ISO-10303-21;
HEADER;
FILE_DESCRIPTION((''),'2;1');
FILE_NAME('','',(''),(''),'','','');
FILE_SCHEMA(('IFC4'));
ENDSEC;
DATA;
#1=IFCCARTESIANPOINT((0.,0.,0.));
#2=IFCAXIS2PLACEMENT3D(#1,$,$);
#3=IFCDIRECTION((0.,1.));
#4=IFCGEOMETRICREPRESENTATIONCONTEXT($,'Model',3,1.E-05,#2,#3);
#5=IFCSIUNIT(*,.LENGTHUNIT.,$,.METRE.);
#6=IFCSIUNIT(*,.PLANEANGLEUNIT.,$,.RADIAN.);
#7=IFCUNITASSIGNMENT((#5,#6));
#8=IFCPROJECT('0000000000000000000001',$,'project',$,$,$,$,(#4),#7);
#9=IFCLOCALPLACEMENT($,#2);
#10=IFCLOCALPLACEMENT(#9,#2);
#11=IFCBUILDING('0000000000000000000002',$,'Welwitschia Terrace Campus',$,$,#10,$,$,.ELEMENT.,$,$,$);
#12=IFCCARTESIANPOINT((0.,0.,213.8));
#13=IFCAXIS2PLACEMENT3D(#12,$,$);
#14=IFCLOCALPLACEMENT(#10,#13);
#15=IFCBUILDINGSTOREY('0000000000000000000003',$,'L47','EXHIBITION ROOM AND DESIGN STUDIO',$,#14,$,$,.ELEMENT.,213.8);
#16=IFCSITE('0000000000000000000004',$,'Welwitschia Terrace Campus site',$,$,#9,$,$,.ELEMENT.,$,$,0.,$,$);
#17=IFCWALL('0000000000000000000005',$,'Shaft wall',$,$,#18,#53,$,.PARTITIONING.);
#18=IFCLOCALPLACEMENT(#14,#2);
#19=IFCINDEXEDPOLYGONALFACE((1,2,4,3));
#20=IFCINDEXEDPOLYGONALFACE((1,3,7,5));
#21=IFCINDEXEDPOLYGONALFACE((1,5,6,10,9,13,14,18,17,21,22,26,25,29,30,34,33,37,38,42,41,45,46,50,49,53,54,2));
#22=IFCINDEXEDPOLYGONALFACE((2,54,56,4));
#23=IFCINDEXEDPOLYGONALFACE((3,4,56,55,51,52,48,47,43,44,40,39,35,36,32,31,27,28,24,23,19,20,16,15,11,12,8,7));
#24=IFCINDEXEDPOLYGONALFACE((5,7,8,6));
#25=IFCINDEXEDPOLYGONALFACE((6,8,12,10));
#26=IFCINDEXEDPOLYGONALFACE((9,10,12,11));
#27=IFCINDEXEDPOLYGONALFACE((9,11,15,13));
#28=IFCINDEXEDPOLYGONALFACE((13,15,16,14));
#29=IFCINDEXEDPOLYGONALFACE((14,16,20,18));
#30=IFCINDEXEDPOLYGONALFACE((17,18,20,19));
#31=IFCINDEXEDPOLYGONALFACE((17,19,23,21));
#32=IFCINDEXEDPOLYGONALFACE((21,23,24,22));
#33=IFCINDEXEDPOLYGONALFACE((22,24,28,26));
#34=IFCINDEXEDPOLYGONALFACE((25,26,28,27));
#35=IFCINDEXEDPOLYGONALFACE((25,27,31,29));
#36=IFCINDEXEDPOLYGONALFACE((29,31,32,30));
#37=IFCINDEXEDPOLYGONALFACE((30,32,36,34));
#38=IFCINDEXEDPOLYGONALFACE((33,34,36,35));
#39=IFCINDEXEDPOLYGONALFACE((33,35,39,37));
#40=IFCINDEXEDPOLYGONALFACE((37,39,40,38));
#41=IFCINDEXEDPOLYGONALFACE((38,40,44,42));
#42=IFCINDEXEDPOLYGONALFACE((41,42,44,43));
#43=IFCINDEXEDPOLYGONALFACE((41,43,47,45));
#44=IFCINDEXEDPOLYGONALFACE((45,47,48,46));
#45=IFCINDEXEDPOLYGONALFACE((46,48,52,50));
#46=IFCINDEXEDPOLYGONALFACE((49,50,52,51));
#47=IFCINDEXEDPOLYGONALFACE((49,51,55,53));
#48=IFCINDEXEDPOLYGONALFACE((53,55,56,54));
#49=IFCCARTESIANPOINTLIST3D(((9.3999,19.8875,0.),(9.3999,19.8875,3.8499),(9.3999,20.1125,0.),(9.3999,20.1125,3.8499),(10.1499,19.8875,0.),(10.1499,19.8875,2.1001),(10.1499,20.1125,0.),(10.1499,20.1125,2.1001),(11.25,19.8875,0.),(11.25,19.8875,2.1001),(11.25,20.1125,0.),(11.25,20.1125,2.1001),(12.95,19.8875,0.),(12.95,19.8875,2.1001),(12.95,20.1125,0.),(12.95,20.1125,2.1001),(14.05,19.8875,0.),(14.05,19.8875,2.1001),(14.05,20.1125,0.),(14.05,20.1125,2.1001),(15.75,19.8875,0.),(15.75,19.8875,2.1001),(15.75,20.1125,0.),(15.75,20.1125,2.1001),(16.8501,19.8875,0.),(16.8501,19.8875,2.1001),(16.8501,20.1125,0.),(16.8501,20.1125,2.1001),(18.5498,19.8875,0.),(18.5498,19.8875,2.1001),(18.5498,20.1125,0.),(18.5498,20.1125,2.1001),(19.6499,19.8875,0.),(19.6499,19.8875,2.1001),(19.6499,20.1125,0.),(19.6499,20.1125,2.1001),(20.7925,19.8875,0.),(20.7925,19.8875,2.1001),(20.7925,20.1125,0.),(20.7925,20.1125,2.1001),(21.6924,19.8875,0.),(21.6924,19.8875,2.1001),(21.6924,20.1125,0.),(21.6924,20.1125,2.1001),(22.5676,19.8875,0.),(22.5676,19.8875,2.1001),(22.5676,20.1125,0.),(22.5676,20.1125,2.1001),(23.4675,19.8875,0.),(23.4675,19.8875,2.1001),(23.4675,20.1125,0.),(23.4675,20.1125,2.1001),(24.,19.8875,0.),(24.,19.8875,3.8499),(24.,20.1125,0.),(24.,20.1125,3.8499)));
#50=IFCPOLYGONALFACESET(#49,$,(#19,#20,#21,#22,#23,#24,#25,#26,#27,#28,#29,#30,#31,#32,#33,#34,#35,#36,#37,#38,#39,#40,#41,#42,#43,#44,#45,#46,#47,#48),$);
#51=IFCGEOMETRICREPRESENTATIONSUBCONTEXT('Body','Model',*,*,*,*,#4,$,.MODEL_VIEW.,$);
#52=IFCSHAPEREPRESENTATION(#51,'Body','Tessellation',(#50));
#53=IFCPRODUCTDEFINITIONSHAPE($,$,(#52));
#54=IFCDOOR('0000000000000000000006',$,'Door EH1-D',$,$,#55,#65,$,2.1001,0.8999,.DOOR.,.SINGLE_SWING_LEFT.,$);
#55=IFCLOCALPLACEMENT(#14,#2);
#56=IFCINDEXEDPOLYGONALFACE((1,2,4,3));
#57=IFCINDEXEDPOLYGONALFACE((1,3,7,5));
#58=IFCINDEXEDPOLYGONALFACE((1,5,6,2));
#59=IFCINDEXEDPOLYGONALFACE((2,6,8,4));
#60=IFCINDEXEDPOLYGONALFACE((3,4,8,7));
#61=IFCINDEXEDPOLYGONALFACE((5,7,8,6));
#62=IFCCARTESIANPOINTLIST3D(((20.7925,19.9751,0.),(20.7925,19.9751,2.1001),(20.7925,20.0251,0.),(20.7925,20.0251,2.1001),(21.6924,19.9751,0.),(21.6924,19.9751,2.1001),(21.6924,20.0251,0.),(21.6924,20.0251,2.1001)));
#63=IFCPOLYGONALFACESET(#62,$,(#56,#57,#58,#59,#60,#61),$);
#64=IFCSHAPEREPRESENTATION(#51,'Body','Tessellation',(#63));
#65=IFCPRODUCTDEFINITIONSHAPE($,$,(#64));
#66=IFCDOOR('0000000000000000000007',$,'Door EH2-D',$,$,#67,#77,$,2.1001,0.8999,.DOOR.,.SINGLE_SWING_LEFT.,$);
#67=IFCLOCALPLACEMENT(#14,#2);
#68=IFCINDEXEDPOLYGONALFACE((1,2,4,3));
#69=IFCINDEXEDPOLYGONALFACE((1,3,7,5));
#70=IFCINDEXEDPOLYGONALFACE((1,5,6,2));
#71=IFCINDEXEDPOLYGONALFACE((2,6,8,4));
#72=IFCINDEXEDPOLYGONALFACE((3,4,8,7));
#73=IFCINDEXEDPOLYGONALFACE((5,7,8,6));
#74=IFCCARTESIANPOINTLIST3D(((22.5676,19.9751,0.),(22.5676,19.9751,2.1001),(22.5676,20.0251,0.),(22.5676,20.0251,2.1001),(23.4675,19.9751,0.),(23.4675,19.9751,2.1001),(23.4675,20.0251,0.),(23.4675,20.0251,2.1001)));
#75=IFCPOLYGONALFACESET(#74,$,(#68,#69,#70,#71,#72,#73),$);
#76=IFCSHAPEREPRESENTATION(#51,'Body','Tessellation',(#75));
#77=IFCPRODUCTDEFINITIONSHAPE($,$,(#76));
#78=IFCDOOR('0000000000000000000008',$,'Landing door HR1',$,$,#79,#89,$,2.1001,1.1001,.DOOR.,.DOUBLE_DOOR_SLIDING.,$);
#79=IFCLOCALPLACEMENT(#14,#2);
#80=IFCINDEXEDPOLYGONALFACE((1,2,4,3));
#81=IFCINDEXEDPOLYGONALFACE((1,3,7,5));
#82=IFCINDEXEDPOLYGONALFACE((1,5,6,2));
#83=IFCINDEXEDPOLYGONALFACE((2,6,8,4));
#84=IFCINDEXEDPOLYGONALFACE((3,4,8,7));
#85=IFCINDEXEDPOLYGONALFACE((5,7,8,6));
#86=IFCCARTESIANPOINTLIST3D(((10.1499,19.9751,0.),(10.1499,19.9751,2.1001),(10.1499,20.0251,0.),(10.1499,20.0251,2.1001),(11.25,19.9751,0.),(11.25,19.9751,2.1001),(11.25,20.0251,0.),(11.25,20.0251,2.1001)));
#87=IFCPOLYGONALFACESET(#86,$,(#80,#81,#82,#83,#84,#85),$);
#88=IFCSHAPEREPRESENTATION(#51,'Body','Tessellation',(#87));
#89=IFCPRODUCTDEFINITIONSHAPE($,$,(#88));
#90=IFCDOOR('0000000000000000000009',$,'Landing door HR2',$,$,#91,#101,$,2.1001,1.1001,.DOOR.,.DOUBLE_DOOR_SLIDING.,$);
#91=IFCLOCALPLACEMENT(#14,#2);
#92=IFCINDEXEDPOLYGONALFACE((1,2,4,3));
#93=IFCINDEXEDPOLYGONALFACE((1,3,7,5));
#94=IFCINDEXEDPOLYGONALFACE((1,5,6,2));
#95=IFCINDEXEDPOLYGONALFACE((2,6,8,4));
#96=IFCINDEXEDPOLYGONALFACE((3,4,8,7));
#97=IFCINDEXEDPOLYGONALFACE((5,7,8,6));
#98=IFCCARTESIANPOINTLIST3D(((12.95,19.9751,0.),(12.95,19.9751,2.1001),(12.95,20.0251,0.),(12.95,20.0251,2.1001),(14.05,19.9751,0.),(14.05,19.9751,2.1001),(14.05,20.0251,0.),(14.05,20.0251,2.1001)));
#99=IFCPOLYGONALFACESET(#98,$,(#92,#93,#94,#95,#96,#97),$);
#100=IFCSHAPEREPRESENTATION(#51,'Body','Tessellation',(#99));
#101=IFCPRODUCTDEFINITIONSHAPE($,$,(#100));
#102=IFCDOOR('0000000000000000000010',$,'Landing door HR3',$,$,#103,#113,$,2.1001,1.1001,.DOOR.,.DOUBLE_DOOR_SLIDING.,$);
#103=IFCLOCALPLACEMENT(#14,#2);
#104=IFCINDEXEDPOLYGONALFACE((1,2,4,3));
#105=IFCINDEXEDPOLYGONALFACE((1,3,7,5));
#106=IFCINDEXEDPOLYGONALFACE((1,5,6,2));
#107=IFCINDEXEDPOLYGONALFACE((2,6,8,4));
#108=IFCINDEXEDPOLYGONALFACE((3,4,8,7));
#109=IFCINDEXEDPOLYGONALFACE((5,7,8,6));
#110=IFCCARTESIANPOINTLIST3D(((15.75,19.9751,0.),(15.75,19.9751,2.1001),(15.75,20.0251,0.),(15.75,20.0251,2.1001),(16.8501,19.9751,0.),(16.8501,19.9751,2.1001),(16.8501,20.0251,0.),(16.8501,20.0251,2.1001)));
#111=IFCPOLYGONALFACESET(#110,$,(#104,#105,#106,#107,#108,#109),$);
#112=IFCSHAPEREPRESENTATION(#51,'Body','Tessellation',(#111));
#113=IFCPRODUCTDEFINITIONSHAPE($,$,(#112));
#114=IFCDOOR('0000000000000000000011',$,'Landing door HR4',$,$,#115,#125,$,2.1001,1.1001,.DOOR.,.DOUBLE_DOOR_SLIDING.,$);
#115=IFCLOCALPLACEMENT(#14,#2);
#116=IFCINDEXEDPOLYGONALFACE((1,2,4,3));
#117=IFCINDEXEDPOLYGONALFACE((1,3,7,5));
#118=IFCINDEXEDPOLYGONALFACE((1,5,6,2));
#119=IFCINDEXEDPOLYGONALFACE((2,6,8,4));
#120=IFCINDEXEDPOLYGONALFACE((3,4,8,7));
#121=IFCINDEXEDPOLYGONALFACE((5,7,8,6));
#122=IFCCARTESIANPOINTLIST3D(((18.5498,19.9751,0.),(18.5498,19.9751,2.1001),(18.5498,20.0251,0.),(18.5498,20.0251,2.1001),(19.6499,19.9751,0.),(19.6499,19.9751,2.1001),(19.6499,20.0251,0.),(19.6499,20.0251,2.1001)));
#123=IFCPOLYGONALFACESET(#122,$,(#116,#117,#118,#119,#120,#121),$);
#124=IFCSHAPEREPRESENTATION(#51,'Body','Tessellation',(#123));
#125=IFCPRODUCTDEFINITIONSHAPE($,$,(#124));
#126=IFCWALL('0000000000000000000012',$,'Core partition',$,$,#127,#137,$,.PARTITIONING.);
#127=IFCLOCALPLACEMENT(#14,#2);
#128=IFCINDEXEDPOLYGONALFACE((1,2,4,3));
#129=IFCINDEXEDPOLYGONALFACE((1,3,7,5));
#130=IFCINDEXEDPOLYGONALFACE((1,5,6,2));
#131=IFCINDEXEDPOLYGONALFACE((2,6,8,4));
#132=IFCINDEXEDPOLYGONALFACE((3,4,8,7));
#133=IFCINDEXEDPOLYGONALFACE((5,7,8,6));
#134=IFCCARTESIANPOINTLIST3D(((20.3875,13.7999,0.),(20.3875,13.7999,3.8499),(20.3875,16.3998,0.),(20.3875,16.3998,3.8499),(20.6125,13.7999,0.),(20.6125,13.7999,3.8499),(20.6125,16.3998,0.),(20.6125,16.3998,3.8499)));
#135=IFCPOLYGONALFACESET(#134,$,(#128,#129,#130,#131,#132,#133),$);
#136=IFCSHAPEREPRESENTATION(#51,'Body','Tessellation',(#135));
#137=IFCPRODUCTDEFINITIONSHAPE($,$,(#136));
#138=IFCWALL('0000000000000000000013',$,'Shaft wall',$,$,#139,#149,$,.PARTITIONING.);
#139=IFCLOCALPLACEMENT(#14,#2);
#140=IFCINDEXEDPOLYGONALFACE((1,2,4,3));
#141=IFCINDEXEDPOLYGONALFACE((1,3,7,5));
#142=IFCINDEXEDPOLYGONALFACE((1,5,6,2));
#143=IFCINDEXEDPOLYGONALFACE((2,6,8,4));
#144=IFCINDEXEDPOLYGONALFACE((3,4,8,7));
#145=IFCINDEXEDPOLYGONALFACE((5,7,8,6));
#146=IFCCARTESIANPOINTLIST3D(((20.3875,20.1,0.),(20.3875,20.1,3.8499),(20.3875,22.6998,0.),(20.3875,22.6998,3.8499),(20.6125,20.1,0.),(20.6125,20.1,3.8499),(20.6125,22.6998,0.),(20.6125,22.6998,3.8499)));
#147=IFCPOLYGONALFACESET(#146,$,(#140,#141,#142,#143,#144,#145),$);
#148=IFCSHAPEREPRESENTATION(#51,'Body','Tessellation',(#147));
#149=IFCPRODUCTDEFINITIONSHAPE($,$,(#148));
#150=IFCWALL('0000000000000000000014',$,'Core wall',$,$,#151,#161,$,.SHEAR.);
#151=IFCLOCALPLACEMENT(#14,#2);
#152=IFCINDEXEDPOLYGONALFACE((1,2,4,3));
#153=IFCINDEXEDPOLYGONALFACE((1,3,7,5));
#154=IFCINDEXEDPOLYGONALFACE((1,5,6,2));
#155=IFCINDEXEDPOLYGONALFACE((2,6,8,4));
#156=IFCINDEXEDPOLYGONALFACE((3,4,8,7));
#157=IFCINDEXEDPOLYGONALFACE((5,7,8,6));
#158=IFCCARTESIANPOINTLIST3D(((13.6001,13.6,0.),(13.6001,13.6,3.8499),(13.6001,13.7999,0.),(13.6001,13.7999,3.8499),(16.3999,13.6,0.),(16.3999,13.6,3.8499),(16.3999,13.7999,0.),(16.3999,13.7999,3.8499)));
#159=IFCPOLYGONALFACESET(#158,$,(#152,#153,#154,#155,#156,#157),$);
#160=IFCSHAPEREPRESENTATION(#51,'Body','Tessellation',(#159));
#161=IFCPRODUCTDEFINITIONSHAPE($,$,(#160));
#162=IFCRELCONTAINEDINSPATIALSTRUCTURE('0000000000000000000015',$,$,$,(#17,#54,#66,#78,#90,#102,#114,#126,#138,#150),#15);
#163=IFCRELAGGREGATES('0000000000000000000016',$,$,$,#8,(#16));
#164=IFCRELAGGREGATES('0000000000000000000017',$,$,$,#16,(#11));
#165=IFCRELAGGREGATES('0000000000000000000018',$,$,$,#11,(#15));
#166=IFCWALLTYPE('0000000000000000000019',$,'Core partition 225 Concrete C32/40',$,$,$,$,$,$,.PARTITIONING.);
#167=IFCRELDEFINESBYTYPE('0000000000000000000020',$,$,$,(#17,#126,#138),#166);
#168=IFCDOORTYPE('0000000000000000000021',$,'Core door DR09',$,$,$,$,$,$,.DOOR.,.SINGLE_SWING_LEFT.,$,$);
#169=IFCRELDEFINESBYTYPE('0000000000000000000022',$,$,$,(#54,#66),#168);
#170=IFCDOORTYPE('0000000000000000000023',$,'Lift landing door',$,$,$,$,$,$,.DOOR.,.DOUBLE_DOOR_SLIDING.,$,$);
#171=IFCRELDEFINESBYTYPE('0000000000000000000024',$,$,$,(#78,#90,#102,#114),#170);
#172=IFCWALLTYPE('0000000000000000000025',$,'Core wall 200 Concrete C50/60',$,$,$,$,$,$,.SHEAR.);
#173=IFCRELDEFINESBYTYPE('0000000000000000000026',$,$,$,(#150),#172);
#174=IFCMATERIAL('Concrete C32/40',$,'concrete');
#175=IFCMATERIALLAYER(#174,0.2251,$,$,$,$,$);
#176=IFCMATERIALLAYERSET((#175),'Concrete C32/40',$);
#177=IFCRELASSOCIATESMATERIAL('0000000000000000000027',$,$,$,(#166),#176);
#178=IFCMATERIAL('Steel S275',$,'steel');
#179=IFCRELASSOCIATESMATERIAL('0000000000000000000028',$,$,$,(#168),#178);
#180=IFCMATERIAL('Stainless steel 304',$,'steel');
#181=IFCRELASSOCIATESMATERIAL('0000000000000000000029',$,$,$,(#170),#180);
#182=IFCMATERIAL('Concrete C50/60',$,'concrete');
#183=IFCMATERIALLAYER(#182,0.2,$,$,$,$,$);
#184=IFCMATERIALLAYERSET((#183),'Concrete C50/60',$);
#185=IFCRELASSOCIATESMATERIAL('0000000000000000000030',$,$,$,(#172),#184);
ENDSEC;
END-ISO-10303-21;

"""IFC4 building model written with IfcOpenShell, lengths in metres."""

from ifc_helpers import new_model, si_unit, direction, frame, frame_2d, origin, place, context, subcontext, project, spatial, rectangle, extrude, material, layer, layer_set, type_object, element, fill, save


model = new_model("IFC4")

# Units and contexts
model_context = context("Model", 3, precision=1e-05, world=origin(), true_north=direction((0.0, 1.0)))
body_context = subcontext(model_context, "Body", "Model", "MODEL_VIEW")
ifc_project = project(units=[si_unit("LENGTHUNIT", "METRE"), si_unit("PLANEANGLEUNIT", "RADIAN")], contexts=[model_context])

# Site, building, storey
site_placement = place(None, origin())
site = spatial("IfcSite", under=ifc_project, at=site_placement, Name="Welwitschia Terrace Campus site", CompositionType="ELEMENT", RefElevation=0.0)
building_placement = place(site_placement, origin())
building = spatial("IfcBuilding", under=site, at=building_placement, Name="Welwitschia Terrace Campus", CompositionType="ELEMENT")
storey_placement = place(building_placement, frame((0.0, 0.0, 213.8)))
storey = spatial("IfcBuildingStorey", under=building, at=storey_placement, Name="L47", Description="EXHIBITION ROOM AND DESIGN STUDIO", CompositionType="ELEMENT", Elevation=213.8)

# Shared definitions
ifc_material_1 = material(Name="Concrete C32/40", Category="concrete")
ifc_layer_1 = layer(ifc_material_1, 0.2251)
ifc_layer_set_1 = layer_set([ifc_layer_1], Name="Concrete C32/40")
wall_type_1 = type_object("IfcWallType", Name="Core partition 225 Concrete C32/40", PredefinedType="PARTITIONING", material=ifc_layer_set_1)

# Wall, openings, doors
wall_1_placement = place(storey_placement, frame((24.0, 20.0, 0.0), z_axis=(0.0, 0.0, 1.0), x_axis=(-1.0, 0.0, 0.0)))
wall_1 = element("IfcWall", 1, at=wall_1_placement, inside=storey, type_object=wall_type_1, Name="Shaft wall", PredefinedType="PARTITIONING", context=body_context, shape_type="SweptSolid", body=[
    extrude(rectangle(XDim=14.6001, YDim=0.2251, at=frame_2d((7.3, 0.0))), origin(), (0.0, 0.0, 1.0), 3.8499),
])
opening_1_placement = place(wall_1_placement, frame((12.75, 0.0, 0.0)))
opening_1 = element("IfcOpeningElement", 2, at=opening_1_placement, cuts=wall_1, PredefinedType="OPENING", context=body_context, shape_type="SweptSolid", body=[
    extrude(rectangle(XDim=1.1001, YDim=2.1001, at=frame_2d((0.55, 1.05))), frame((0.0, 0.1226, 0.0), z_axis=(0.0, -1.0, 0.0), x_axis=(1.0, 0.0, 0.0)), (0.0, 0.0, 1.0), 0.2451),
])
opening_2_placement = place(wall_1_placement, frame((9.95, 0.0, 0.0)))
opening_2 = element("IfcOpeningElement", 3, at=opening_2_placement, cuts=wall_1, PredefinedType="OPENING", context=body_context, shape_type="SweptSolid", body=[
    extrude(rectangle(XDim=1.1001, YDim=2.1001, at=frame_2d((0.55, 1.05))), frame((0.0, 0.1226, 0.0), z_axis=(0.0, -1.0, 0.0), x_axis=(1.0, 0.0, 0.0)), (0.0, 0.0, 1.0), 0.2451),
])
opening_3_placement = place(wall_1_placement, frame((7.1499, 0.0, 0.0)))
opening_3 = element("IfcOpeningElement", 4, at=opening_3_placement, cuts=wall_1, PredefinedType="OPENING", context=body_context, shape_type="SweptSolid", body=[
    extrude(rectangle(XDim=1.1001, YDim=2.1001, at=frame_2d((0.55, 1.05))), frame((0.0, 0.1226, 0.0), z_axis=(0.0, -1.0, 0.0), x_axis=(1.0, 0.0, 0.0)), (0.0, 0.0, 1.0), 0.2451),
])
opening_4_placement = place(wall_1_placement, frame((4.3501, 0.0, 0.0)))
opening_4 = element("IfcOpeningElement", 5, at=opening_4_placement, cuts=wall_1, PredefinedType="OPENING", context=body_context, shape_type="SweptSolid", body=[
    extrude(rectangle(XDim=1.1001, YDim=2.1001, at=frame_2d((0.55, 1.05))), frame((0.0, 0.1226, 0.0), z_axis=(0.0, -1.0, 0.0), x_axis=(1.0, 0.0, 0.0)), (0.0, 0.0, 1.0), 0.2451),
])
opening_5_placement = place(wall_1_placement, frame((2.3076, 0.0, 0.0)))
opening_5 = element("IfcOpeningElement", 6, at=opening_5_placement, cuts=wall_1, PredefinedType="OPENING", context=body_context, shape_type="SweptSolid", body=[
    extrude(rectangle(XDim=0.8999, YDim=2.1001, at=frame_2d((0.45, 1.05))), frame((0.0, 0.1226, 0.0), z_axis=(0.0, -1.0, 0.0), x_axis=(1.0, 0.0, 0.0)), (0.0, 0.0, 1.0), 0.2451),
])
opening_6_placement = place(wall_1_placement, frame((0.5325, 0.0, 0.0)))
opening_6 = element("IfcOpeningElement", 7, at=opening_6_placement, cuts=wall_1, PredefinedType="OPENING", context=body_context, shape_type="SweptSolid", body=[
    extrude(rectangle(XDim=0.8999, YDim=2.1001, at=frame_2d((0.45, 1.05))), frame((0.0, 0.1226, 0.0), z_axis=(0.0, -1.0, 0.0), x_axis=(1.0, 0.0, 0.0)), (0.0, 0.0, 1.0), 0.2451),
])
ifc_material_2 = material(Name="Steel S275", Category="steel")
door_type_1 = type_object("IfcDoorType", Name="Core door DR09", OperationType="SINGLE_SWING_LEFT", PredefinedType="DOOR", material=ifc_material_2)
door_1_placement = place(opening_5_placement, origin())
door_1 = element("IfcDoor", 8, at=door_1_placement, inside=storey, type_object=door_type_1, Name="Door EH1-D", OperationType="SINGLE_SWING_LEFT", OverallHeight=2.1001, OverallWidth=0.8999, PredefinedType="DOOR", context=body_context, shape_type="SweptSolid", body=[
    extrude(rectangle(XDim=0.8999, YDim=2.1001, at=frame_2d((0.45, 1.05))), frame((0.0, 0.0249, 0.0), z_axis=(0.0, -1.0, 0.0), x_axis=(1.0, 0.0, 0.0)), (0.0, 0.0, 1.0), 0.05),
])
fill(opening_5, door_1)
door_2_placement = place(opening_6_placement, origin())
door_2 = element("IfcDoor", 9, at=door_2_placement, inside=storey, type_object=door_type_1, Name="Door EH2-D", OperationType="SINGLE_SWING_LEFT", OverallHeight=2.1001, OverallWidth=0.8999, PredefinedType="DOOR", context=body_context, shape_type="SweptSolid", body=[
    extrude(rectangle(XDim=0.8999, YDim=2.1001, at=frame_2d((0.45, 1.05))), frame((0.0, 0.0249, 0.0), z_axis=(0.0, -1.0, 0.0), x_axis=(1.0, 0.0, 0.0)), (0.0, 0.0, 1.0), 0.05),
])
fill(opening_6, door_2)
ifc_material_3 = material(Name="Stainless steel 304", Category="steel")
door_type_2 = type_object("IfcDoorType", Name="Lift landing door", OperationType="DOUBLE_DOOR_SLIDING", PredefinedType="DOOR", material=ifc_material_3)
door_3_placement = place(opening_1_placement, origin())
door_3 = element("IfcDoor", 10, at=door_3_placement, inside=storey, type_object=door_type_2, Name="Landing door HR1", OperationType="DOUBLE_DOOR_SLIDING", OverallHeight=2.1001, OverallWidth=1.1001, PredefinedType="DOOR", context=body_context, shape_type="SweptSolid", body=[
    extrude(rectangle(XDim=1.1001, YDim=2.1001, at=frame_2d((0.55, 1.05))), frame((0.0, 0.0249, 0.0), z_axis=(0.0, -1.0, 0.0), x_axis=(1.0, 0.0, 0.0)), (0.0, 0.0, 1.0), 0.05),
])
fill(opening_1, door_3)
door_4_placement = place(opening_2_placement, origin())
door_4 = element("IfcDoor", 11, at=door_4_placement, inside=storey, type_object=door_type_2, Name="Landing door HR2", OperationType="DOUBLE_DOOR_SLIDING", OverallHeight=2.1001, OverallWidth=1.1001, PredefinedType="DOOR", context=body_context, shape_type="SweptSolid", body=[
    extrude(rectangle(XDim=1.1001, YDim=2.1001, at=frame_2d((0.55, 1.05))), frame((0.0, 0.0249, 0.0), z_axis=(0.0, -1.0, 0.0), x_axis=(1.0, 0.0, 0.0)), (0.0, 0.0, 1.0), 0.05),
])
fill(opening_2, door_4)
door_5_placement = place(opening_3_placement, origin())
door_5 = element("IfcDoor", 12, at=door_5_placement, inside=storey, type_object=door_type_2, Name="Landing door HR3", OperationType="DOUBLE_DOOR_SLIDING", OverallHeight=2.1001, OverallWidth=1.1001, PredefinedType="DOOR", context=body_context, shape_type="SweptSolid", body=[
    extrude(rectangle(XDim=1.1001, YDim=2.1001, at=frame_2d((0.55, 1.05))), frame((0.0, 0.0249, 0.0), z_axis=(0.0, -1.0, 0.0), x_axis=(1.0, 0.0, 0.0)), (0.0, 0.0, 1.0), 0.05),
])
fill(opening_3, door_5)
door_6_placement = place(opening_4_placement, origin())
door_6 = element("IfcDoor", 13, at=door_6_placement, inside=storey, type_object=door_type_2, Name="Landing door HR4", OperationType="DOUBLE_DOOR_SLIDING", OverallHeight=2.1001, OverallWidth=1.1001, PredefinedType="DOOR", context=body_context, shape_type="SweptSolid", body=[
    extrude(rectangle(XDim=1.1001, YDim=2.1001, at=frame_2d((0.55, 1.05))), frame((0.0, 0.0249, 0.0), z_axis=(0.0, -1.0, 0.0), x_axis=(1.0, 0.0, 0.0)), (0.0, 0.0, 1.0), 0.05),
])
fill(opening_4, door_6)

# Walls
for number, where, z_axis, x_axis, name in (
    (14, (20.5, 13.8, 0.0), (0.0, 0.0, 1.0), (0.0, 1.0, 0.0), "Core partition"),
    (15, (20.5, 20.1001, 0.0), (0.0, 0.0, 1.0), (0.0, 1.0, 0.0), "Shaft wall"),
):
    element("IfcWall", number, at=place(storey_placement, frame(where, z_axis=z_axis, x_axis=x_axis)), inside=storey, type_object=wall_type_1, Name=name, PredefinedType="PARTITIONING", context=body_context, shape_type="SweptSolid", body=[
        extrude(rectangle(XDim=2.5999, YDim=0.2251, at=frame_2d((1.2998, 0.0))), origin(), (0.0, 0.0, 1.0), 3.8499),
    ])
ifc_material_4 = material(Name="Concrete C50/60", Category="concrete")
ifc_layer_2 = layer(ifc_material_4, 0.2)
ifc_layer_set_2 = layer_set([ifc_layer_2], Name="Concrete C50/60")
wall_type_2 = type_object("IfcWallType", Name="Core wall 200 Concrete C50/60", PredefinedType="SHEAR", material=ifc_layer_set_2)
wall_2_placement = place(storey_placement, frame((13.6001, 13.7, 0.0), z_axis=(0.0, 0.0, 1.0), x_axis=(1.0, 0.0, 0.0)))
element("IfcWall", 16, at=wall_2_placement, inside=storey, type_object=wall_type_2, Name="Core wall", PredefinedType="SHEAR", context=body_context, shape_type="SweptSolid", body=[
    extrude(rectangle(XDim=2.7998, YDim=0.2, at=frame_2d((1.3999, 0.0))), origin(), (0.0, 0.0, 1.0), 3.8499),
])

save(model, "model.ifc")
